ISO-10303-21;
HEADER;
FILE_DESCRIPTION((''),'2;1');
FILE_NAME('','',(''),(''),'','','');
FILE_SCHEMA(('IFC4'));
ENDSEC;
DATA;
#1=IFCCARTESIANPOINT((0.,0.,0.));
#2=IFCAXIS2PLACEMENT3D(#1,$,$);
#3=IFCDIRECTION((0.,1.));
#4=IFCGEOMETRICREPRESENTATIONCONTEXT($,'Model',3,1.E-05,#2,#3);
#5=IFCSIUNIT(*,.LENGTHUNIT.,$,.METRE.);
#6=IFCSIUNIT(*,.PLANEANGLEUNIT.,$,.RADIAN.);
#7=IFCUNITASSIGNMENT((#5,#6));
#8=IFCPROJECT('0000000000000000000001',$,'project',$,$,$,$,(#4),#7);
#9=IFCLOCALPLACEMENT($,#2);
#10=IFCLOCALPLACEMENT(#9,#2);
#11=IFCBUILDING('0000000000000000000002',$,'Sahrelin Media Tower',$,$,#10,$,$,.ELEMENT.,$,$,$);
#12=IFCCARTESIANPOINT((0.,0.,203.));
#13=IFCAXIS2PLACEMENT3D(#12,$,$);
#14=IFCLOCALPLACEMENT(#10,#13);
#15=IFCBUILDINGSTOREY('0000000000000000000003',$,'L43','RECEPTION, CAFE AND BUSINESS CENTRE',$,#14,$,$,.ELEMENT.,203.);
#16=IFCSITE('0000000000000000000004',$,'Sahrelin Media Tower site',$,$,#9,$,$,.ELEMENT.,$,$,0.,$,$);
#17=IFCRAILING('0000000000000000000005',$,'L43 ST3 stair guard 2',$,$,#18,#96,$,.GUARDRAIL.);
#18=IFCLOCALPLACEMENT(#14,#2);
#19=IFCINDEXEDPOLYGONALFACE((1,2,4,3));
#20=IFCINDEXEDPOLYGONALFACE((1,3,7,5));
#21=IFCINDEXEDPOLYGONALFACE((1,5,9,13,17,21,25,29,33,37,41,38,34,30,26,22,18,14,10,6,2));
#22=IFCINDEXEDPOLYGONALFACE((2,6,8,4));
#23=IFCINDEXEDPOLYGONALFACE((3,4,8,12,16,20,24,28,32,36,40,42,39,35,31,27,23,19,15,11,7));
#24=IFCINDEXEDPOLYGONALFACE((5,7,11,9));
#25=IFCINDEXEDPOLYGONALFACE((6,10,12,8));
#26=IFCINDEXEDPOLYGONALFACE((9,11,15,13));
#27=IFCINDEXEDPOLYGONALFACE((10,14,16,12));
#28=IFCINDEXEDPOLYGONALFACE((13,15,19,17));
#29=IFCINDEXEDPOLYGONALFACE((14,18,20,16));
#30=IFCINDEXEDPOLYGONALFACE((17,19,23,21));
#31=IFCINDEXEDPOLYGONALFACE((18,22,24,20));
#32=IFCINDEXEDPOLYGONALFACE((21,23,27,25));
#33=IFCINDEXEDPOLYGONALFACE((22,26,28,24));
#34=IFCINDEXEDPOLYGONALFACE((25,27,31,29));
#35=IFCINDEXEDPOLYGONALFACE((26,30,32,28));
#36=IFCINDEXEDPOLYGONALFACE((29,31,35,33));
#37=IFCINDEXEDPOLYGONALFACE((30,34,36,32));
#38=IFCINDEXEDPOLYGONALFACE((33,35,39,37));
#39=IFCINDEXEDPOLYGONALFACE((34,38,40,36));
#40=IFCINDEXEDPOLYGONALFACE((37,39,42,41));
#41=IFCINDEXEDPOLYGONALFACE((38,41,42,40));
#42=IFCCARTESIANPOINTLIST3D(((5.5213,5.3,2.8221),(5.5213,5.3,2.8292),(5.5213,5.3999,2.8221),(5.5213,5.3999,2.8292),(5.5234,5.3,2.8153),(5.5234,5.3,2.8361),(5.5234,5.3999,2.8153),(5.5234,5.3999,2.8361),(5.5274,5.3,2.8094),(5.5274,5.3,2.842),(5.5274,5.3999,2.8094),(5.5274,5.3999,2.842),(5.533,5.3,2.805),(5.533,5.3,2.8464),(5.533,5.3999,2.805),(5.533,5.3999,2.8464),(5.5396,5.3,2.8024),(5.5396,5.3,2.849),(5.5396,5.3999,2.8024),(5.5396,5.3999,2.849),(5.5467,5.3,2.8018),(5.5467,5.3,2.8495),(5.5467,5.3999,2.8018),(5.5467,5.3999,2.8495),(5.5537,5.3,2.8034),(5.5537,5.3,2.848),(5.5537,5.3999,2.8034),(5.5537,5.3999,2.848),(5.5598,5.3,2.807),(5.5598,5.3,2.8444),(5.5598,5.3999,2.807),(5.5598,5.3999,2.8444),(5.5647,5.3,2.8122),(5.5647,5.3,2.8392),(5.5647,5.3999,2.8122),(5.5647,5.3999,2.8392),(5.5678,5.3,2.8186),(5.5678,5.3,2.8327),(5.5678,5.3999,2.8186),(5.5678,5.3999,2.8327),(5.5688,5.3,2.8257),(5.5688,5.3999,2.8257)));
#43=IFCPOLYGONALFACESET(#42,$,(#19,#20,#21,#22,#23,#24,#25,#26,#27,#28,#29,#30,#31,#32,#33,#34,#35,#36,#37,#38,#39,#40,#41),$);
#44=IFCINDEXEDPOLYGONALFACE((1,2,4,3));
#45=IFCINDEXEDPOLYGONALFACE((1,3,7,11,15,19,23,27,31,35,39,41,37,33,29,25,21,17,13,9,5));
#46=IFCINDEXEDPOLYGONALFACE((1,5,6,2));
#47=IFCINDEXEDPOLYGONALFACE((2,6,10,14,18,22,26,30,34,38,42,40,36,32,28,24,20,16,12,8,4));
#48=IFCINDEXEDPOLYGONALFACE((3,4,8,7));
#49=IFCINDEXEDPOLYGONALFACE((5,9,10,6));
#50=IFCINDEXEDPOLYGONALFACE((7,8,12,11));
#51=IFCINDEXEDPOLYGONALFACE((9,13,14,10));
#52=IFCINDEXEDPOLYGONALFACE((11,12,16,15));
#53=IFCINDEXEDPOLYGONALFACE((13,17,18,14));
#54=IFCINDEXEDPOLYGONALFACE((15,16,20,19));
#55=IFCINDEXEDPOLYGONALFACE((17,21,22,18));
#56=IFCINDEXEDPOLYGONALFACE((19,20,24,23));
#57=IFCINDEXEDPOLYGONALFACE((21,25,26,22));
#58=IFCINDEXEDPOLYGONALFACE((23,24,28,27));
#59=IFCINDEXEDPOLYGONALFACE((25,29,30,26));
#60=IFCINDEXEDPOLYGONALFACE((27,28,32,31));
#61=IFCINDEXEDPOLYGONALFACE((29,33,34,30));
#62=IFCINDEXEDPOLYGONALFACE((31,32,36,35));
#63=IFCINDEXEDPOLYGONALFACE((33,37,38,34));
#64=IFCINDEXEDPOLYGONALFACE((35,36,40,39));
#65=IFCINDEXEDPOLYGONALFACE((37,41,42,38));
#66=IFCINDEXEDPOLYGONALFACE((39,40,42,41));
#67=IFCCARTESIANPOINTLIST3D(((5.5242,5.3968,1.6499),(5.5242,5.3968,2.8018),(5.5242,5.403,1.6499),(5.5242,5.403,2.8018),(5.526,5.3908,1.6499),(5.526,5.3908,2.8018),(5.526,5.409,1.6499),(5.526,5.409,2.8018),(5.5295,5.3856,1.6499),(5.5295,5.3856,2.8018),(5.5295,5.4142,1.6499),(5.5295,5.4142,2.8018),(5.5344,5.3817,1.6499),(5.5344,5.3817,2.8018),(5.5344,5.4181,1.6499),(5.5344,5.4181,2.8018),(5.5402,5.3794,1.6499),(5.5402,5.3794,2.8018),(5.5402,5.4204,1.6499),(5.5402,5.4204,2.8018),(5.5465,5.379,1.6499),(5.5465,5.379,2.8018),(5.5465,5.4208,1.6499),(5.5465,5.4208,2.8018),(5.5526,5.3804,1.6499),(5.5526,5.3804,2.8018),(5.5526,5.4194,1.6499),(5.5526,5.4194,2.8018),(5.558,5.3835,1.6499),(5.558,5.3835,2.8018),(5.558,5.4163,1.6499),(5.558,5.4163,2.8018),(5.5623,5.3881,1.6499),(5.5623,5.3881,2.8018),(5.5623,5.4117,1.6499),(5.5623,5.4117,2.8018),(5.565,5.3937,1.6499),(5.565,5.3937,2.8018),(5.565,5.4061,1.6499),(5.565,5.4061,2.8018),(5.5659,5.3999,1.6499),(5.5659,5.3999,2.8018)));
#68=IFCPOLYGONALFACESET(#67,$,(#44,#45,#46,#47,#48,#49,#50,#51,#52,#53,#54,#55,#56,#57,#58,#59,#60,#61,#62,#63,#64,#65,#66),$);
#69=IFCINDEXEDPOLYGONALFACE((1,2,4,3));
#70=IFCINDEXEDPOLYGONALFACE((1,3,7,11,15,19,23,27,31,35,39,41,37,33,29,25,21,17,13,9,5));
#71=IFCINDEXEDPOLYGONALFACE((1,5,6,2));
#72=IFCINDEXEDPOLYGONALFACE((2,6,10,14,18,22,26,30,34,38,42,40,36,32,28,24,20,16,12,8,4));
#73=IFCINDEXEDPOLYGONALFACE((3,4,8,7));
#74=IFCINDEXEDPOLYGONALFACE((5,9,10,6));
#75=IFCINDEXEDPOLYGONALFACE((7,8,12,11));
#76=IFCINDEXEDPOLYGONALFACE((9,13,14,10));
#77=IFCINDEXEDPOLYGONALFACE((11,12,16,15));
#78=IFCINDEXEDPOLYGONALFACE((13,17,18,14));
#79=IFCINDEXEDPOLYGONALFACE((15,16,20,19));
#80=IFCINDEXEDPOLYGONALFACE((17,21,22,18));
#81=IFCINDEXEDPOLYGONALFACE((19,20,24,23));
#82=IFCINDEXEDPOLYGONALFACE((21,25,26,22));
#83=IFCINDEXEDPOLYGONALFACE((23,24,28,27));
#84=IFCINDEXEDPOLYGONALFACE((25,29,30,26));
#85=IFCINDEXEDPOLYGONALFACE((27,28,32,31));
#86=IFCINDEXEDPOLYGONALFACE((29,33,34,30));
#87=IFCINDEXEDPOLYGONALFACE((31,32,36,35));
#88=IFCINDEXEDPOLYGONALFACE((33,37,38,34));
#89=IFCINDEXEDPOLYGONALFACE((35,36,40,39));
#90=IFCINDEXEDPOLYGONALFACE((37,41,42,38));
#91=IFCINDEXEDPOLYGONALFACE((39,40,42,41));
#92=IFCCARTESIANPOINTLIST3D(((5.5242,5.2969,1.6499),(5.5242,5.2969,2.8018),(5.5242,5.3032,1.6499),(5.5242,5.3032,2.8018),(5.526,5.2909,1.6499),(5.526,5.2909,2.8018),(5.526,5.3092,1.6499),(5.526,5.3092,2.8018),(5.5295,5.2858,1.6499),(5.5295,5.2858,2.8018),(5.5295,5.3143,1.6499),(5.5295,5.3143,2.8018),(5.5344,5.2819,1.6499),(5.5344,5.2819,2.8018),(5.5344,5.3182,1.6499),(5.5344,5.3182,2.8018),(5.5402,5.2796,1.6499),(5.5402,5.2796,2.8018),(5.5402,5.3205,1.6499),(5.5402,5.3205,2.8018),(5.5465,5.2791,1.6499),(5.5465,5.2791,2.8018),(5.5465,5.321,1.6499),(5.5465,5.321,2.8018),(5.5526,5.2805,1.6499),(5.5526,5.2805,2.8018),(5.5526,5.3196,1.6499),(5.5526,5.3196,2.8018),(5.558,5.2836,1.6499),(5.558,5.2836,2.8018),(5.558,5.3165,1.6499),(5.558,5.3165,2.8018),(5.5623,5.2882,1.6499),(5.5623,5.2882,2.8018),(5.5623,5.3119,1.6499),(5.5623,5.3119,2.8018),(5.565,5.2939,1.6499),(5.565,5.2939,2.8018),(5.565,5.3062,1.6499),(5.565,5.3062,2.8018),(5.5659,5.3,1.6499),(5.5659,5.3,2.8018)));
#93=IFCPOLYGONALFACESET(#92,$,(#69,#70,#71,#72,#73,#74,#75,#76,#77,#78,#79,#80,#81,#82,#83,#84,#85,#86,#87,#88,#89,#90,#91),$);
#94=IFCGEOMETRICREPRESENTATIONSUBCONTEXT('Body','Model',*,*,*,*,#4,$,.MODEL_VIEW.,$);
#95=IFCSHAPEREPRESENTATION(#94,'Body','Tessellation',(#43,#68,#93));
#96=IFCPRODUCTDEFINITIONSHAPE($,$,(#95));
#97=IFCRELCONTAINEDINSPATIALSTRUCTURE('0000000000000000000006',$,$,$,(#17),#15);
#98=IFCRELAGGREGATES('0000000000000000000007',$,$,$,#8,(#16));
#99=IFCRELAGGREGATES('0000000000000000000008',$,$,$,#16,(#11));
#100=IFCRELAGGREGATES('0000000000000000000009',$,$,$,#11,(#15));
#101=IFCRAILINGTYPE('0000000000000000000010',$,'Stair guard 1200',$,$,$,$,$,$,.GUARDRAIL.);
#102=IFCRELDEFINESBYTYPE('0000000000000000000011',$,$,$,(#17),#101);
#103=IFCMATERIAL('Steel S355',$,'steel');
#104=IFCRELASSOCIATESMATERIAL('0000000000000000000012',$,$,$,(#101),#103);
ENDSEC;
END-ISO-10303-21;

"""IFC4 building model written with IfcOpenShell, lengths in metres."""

from ifc_helpers import new_model, si_unit, direction, frame, origin, origin_2d, place, context, subcontext, project, spatial, circle, extrude, material, type_object, element, save


model = new_model("IFC4")

# Units and contexts
model_context = context("Model", 3, precision=1e-05, world=origin(), true_north=direction((0.0, 1.0)))
body_context = subcontext(model_context, "Body", "Model", "MODEL_VIEW")
ifc_project = project(units=[si_unit("LENGTHUNIT", "METRE"), si_unit("PLANEANGLEUNIT", "RADIAN")], contexts=[model_context])

# Site, building, storey
site_placement = place(None, origin())
site = spatial("IfcSite", under=ifc_project, at=site_placement, Name="Sahrelin Media Tower site", CompositionType="ELEMENT", RefElevation=0.0)
building_placement = place(site_placement, origin())
building = spatial("IfcBuilding", under=site, at=building_placement, Name="Sahrelin Media Tower", CompositionType="ELEMENT")
storey_placement = place(building_placement, frame((0.0, 0.0, 203.0)))
storey = spatial("IfcBuildingStorey", under=building, at=storey_placement, Name="L43", Description="RECEPTION, CAFE AND BUSINESS CENTRE", CompositionType="ELEMENT", Elevation=203.0)

# Railing
ifc_material_1 = material(Name="Steel S355", Category="steel")
railing_type_1 = type_object("IfcRailingType", Name="Stair guard 1200", PredefinedType="GUARDRAIL", material=ifc_material_1)
railing_1_placement = place(storey_placement, frame((5.5449, 5.3999, 1.6499)))
element("IfcRailing", 1, at=railing_1_placement, inside=storey, type_object=railing_type_1, Name="L43 ST3 stair guard 2", PredefinedType="GUARDRAIL", context=body_context, shape_type="SweptSolid", body=[
    extrude(circle(Radius=0.0239, at=origin_2d()), frame((0.0, 0.0, 1.1758), z_axis=(0.0, -1.0, 0.0), x_axis=(1.0, 0.0, 0.0)), (0.0, 0.0, 1.0), 0.0999),
    extrude(circle(Radius=0.021, at=origin_2d()), origin(), (0.0, 0.0, 1.0), 1.1519),
    extrude(circle(Radius=0.021, at=origin_2d()), frame((0.0, -0.0999, 0.0)), (0.0, 0.0, 1.0), 1.1519),
])

save(model, "model.ifc")
